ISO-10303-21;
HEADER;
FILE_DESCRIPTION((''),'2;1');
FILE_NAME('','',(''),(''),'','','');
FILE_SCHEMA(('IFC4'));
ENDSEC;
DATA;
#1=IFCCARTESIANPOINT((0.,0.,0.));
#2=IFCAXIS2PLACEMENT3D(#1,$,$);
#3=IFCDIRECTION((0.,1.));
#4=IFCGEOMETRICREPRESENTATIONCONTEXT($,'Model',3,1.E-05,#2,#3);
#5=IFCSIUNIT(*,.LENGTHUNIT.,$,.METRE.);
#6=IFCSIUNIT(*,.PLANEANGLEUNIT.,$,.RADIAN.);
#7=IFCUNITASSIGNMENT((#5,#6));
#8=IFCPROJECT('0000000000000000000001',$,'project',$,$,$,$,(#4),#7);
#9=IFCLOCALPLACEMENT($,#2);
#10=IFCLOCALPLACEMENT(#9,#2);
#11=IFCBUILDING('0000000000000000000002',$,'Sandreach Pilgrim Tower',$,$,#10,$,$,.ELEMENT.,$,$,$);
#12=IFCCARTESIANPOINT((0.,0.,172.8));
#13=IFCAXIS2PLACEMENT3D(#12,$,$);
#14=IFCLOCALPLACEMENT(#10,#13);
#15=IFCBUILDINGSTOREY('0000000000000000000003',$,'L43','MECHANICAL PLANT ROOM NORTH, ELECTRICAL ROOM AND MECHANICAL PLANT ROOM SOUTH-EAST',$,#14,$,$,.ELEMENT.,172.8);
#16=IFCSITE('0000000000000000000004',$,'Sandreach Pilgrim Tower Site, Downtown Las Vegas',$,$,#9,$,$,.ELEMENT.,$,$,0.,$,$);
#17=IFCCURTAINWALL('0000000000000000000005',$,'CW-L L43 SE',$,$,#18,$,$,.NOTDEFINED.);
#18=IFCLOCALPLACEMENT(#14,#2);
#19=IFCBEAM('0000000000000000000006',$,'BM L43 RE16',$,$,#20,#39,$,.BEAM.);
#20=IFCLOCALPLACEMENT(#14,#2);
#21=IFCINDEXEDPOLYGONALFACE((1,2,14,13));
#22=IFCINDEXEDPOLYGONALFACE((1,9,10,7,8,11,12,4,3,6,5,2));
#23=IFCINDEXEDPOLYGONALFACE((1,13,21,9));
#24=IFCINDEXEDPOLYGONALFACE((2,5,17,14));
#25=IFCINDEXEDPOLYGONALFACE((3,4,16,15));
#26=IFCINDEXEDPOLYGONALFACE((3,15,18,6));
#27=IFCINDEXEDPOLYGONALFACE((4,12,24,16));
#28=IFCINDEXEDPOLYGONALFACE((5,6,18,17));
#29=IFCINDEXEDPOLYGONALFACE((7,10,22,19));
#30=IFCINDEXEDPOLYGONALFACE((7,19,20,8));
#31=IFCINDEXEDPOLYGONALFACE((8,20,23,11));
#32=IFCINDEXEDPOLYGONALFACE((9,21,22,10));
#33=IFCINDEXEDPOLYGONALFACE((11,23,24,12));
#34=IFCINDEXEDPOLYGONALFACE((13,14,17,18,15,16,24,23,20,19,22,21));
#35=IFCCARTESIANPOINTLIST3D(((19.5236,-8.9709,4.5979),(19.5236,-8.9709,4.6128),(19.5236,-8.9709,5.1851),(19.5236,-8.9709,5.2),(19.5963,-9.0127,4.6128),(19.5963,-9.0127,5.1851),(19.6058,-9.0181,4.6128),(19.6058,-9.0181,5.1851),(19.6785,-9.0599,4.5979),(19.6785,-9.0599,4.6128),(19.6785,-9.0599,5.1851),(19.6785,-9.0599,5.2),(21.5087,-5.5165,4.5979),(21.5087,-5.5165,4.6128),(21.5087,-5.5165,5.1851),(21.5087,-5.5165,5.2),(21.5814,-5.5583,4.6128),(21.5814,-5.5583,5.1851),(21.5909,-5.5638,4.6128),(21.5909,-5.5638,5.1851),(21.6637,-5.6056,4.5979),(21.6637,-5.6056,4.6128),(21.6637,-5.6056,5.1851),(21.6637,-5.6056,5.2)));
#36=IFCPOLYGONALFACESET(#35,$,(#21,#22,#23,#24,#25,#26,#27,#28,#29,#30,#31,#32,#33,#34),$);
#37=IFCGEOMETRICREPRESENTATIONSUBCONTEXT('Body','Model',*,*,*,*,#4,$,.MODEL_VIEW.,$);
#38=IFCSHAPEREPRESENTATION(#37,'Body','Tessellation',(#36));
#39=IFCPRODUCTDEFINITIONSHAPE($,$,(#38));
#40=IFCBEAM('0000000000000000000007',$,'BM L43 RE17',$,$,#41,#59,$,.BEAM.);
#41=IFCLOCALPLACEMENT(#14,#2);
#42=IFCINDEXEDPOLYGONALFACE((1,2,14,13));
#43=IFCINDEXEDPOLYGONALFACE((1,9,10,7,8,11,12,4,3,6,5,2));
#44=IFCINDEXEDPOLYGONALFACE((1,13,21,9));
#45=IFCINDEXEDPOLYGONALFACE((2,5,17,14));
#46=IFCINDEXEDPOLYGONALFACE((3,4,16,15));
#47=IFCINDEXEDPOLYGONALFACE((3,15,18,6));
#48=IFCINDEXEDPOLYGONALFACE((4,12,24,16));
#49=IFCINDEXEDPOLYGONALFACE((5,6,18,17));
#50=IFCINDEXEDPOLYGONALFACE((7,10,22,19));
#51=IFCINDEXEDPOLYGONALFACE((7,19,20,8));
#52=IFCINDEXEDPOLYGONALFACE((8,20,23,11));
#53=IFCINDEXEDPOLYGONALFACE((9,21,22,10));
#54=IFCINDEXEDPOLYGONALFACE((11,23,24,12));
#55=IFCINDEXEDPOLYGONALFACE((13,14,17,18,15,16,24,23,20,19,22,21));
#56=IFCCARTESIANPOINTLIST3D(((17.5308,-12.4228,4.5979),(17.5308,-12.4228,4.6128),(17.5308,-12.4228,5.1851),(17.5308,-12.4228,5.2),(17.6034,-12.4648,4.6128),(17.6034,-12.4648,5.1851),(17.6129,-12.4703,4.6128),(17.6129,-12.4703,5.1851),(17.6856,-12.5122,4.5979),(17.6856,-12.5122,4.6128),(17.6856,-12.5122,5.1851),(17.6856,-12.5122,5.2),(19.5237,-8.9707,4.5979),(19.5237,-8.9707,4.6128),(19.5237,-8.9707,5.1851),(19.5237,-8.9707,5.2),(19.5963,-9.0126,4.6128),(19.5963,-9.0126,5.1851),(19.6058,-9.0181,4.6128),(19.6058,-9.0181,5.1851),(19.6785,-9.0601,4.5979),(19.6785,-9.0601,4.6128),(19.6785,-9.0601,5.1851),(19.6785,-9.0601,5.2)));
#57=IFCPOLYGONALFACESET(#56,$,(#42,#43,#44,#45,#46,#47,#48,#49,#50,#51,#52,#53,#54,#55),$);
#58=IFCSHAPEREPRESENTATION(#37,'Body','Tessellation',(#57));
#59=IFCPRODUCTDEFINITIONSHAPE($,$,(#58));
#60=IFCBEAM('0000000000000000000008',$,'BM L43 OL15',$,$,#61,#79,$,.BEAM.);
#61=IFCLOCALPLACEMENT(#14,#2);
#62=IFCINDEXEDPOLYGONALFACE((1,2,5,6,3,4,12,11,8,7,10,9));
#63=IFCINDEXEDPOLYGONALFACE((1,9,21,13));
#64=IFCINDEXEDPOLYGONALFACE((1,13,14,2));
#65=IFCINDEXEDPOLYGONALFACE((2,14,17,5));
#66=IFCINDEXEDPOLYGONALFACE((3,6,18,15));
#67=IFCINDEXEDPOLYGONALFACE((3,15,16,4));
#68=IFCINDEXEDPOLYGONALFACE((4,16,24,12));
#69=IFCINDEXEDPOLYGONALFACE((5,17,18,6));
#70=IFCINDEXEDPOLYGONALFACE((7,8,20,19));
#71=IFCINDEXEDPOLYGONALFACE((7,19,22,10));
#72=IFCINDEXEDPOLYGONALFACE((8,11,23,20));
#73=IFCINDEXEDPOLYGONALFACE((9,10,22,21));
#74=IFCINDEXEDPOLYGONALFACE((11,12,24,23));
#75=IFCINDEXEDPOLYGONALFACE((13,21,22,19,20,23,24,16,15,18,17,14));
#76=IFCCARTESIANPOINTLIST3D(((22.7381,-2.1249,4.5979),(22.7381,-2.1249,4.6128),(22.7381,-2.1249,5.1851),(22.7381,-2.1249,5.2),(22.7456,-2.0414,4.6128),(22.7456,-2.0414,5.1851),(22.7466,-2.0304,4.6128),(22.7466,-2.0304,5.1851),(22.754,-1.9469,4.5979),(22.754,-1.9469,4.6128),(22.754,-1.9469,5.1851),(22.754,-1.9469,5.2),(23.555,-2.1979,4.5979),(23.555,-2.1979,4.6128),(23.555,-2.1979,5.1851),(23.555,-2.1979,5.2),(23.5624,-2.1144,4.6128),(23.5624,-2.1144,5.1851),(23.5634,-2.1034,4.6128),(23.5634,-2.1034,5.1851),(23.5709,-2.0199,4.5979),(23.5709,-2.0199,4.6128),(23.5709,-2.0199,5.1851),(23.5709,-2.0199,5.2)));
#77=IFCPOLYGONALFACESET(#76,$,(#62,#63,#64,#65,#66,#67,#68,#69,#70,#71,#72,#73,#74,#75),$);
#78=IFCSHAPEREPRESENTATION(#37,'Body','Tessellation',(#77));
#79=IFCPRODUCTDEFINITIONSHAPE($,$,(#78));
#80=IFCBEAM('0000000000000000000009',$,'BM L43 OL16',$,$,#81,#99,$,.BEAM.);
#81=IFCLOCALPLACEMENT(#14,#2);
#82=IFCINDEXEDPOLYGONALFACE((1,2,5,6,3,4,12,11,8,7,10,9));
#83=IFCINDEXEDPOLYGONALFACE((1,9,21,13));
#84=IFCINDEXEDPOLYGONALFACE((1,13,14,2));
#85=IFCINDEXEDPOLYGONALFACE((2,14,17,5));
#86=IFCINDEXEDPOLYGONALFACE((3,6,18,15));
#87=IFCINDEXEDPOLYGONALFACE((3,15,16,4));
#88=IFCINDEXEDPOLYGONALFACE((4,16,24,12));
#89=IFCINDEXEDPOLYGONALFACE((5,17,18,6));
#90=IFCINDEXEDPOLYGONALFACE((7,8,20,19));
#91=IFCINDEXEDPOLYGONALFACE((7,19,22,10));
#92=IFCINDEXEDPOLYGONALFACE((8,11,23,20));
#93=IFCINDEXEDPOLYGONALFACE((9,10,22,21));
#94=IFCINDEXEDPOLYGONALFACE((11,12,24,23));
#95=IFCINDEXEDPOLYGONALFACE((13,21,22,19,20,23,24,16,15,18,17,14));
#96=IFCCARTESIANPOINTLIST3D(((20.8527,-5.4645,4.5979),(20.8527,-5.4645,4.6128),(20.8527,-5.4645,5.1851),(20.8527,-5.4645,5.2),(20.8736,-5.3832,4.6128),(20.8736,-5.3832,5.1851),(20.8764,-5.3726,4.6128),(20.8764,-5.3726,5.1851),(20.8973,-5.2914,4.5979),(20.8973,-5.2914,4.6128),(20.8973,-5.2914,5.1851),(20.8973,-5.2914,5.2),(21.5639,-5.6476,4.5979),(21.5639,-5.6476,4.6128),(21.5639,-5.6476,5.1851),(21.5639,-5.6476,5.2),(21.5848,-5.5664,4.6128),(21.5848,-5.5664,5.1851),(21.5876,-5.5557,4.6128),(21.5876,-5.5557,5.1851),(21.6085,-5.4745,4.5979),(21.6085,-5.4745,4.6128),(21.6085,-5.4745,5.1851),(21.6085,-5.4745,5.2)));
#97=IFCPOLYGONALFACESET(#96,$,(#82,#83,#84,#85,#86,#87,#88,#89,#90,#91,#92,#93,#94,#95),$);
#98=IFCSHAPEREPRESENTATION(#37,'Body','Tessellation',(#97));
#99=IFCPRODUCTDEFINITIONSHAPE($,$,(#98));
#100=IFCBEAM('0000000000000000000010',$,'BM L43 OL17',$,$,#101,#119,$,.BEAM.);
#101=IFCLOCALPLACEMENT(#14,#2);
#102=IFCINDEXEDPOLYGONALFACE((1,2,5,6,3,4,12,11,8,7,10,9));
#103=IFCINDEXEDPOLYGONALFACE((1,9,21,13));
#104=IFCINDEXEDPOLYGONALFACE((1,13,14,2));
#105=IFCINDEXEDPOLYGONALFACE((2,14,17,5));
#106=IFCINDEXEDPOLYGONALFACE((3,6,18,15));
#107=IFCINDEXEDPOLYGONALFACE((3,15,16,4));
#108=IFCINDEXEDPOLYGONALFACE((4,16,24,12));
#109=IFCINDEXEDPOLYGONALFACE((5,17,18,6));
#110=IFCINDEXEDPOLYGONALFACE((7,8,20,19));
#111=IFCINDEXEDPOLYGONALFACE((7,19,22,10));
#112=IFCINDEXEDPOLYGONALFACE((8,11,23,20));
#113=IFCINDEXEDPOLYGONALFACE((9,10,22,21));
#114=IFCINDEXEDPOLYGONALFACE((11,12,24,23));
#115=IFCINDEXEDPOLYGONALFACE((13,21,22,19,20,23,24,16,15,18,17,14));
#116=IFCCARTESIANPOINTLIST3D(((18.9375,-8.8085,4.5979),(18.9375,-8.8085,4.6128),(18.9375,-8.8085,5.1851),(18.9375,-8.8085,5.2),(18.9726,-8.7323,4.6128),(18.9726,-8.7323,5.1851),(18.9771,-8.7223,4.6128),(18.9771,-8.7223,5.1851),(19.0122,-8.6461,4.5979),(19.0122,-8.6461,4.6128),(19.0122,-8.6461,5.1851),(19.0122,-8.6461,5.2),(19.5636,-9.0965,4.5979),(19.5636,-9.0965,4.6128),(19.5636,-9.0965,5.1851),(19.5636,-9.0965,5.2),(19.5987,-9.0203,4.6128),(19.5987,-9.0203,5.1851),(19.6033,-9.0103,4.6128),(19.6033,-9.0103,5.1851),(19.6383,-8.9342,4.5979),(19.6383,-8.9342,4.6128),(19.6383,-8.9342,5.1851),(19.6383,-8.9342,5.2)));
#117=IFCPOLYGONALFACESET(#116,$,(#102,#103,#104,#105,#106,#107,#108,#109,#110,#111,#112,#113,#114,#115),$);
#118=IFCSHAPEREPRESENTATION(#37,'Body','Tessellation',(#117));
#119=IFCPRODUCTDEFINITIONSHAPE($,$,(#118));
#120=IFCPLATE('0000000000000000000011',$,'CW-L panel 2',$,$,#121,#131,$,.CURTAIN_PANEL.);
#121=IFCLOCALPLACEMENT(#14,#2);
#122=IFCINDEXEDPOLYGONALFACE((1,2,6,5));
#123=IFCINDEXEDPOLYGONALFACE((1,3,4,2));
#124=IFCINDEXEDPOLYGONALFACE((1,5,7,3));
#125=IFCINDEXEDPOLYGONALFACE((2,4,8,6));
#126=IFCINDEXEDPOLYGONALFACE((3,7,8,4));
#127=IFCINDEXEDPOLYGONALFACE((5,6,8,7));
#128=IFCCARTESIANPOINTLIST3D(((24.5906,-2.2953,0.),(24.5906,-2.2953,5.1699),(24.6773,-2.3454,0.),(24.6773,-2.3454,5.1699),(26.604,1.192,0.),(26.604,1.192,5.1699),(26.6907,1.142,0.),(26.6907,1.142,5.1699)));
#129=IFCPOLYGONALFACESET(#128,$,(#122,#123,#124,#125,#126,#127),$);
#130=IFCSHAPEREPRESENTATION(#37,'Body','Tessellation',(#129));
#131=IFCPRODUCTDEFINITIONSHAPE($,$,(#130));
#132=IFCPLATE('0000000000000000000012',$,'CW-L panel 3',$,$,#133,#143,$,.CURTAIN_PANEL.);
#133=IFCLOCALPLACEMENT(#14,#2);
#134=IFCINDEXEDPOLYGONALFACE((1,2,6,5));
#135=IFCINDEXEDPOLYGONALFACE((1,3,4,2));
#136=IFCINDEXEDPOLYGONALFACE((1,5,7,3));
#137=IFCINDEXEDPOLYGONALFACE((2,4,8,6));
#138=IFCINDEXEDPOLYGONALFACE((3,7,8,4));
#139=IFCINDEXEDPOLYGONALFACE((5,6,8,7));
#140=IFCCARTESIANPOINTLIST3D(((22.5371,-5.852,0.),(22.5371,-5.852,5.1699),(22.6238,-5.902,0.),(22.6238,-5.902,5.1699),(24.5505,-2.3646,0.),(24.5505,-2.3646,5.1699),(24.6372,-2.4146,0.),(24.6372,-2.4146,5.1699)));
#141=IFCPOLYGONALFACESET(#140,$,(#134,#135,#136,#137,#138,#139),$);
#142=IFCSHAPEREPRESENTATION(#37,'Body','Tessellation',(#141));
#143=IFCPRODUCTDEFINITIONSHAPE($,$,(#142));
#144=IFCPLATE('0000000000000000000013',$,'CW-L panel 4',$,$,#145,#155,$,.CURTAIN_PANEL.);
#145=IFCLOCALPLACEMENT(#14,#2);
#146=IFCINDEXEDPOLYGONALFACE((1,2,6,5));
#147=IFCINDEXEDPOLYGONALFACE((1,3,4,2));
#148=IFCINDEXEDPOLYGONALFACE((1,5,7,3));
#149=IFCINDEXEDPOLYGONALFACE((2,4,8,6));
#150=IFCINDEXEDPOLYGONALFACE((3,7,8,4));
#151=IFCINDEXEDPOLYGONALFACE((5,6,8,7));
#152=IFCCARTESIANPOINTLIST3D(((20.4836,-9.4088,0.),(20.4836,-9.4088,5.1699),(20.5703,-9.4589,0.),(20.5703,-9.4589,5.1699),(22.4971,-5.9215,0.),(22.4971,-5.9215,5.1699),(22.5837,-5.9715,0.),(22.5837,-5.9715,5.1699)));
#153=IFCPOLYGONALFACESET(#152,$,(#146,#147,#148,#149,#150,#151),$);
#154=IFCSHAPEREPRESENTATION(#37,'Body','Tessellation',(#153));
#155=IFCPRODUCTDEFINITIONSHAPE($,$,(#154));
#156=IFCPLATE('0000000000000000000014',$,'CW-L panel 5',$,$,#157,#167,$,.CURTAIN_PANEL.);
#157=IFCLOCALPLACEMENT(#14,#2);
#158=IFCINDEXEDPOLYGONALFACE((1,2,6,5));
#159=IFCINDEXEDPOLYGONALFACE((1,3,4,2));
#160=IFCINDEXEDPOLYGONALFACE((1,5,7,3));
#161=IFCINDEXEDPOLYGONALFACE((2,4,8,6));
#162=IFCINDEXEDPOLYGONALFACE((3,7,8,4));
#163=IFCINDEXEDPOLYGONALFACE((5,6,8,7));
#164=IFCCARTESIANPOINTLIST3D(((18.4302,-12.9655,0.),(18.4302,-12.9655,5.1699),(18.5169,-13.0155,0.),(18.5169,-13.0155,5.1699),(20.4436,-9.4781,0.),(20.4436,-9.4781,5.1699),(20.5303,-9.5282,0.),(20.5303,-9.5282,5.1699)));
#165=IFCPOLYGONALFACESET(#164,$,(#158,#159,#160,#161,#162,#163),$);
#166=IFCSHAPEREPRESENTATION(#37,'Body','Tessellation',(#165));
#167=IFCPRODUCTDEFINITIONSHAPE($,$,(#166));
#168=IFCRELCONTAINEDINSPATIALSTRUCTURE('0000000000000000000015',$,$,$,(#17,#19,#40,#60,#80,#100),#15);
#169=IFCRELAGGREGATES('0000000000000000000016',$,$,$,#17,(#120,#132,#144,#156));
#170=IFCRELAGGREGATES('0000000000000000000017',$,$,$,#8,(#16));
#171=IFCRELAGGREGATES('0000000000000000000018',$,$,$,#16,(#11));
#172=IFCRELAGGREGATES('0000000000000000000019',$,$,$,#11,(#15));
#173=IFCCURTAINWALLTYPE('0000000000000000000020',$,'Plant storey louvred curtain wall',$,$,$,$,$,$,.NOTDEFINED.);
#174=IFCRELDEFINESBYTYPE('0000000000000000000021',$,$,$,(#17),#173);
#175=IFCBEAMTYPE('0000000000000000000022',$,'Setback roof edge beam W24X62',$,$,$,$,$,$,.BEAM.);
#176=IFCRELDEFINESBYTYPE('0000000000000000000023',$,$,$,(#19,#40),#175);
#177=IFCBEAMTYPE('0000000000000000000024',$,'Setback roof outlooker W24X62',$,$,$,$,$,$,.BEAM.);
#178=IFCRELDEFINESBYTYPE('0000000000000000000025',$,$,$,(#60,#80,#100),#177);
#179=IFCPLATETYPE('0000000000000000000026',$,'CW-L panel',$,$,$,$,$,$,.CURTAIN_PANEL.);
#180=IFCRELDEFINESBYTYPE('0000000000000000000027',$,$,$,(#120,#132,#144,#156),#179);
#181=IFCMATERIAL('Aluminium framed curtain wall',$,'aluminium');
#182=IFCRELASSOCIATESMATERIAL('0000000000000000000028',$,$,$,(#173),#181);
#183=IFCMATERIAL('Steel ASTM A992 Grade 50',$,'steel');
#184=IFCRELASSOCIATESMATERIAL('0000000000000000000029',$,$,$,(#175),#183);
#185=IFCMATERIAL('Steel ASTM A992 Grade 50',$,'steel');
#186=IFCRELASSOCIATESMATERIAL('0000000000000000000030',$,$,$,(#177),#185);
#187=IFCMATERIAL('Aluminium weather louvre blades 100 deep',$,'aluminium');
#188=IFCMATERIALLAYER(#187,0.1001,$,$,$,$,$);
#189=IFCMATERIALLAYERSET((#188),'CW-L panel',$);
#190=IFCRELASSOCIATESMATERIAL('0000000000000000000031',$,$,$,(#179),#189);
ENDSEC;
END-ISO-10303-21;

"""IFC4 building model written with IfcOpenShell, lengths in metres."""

from ifc_helpers import new_model, si_unit, direction, frame, origin, origin_2d, place, context, subcontext, project, spatial, rectangle, i_section, extrude, material, layer, layer_set, material_profile, profile_set, type_object, element, aggregate, save


model = new_model("IFC4")

# Units and contexts
model_context = context("Model", 3, precision=1e-05, world=origin(), true_north=direction((0.0, 1.0)))
body_context = subcontext(model_context, "Body", "Model", "MODEL_VIEW")
ifc_project = project(units=[si_unit("LENGTHUNIT", "METRE"), si_unit("PLANEANGLEUNIT", "RADIAN")], contexts=[model_context])

# Site, building, storey
site_placement = place(None, origin())
site = spatial("IfcSite", under=ifc_project, at=site_placement, Name="Sandreach Pilgrim Tower Site, Downtown Las Vegas", CompositionType="ELEMENT", RefElevation=0.0)
building_placement = place(site_placement, origin())
building = spatial("IfcBuilding", under=site, at=building_placement, Name="Sandreach Pilgrim Tower", CompositionType="ELEMENT")
storey_placement = place(building_placement, frame((0.0, 0.0, 172.8)))
storey = spatial("IfcBuildingStorey", under=building, at=storey_placement, Name="L43", Description="MECHANICAL PLANT ROOM NORTH, ELECTRICAL ROOM AND MECHANICAL PLANT ROOM SOUTH-EAST", CompositionType="ELEMENT", Elevation=172.8)

# Curtain wall
ifc_material_1 = material(Name="Aluminium framed curtain wall", Category="aluminium")
curtain_wall_type = type_object("IfcCurtainWallType", Name="Plant storey louvred curtain wall", PredefinedType="NOTDEFINED", material=ifc_material_1)
curtain_wall_placement = place(storey_placement, origin())
curtain_wall = element("IfcCurtainWall", 1, at=curtain_wall_placement, inside=storey, type_object=curtain_wall_type, Name="CW-L L43 SE", PredefinedType="NOTDEFINED")

# Beams
ifc_material_2 = material(Name="Steel ASTM A992 Grade 50", Category="steel")
ifc_material_profile_1 = material_profile(ifc_material_2, i_section(OverallWidth=0.1787, OverallDepth=0.6021, WebThickness=0.011, FlangeThickness=0.0149, at=origin_2d()), Name="W24X62")
ifc_profile_set_1 = profile_set([ifc_material_profile_1], Name="Steel ASTM A992 Grade 50")
beam_type_1 = type_object("IfcBeamType", Name="Setback roof edge beam W24X62", PredefinedType="BEAM", material=ifc_profile_set_1)
beam_1_placement = place(storey_placement, frame((21.5862, -5.561, 4.8989), z_axis=(-0.498256, -0.86703, 0.0), x_axis=(0.86703, -0.498256, 0.0)))
element("IfcBeam", 2, at=beam_1_placement, inside=storey, type_object=beam_type_1, Name="BM L43 RE16", PredefinedType="BEAM", context=body_context, shape_type="SweptSolid", body=[
    extrude(i_section(OverallWidth=0.1787, OverallDepth=0.6021, WebThickness=0.011, FlangeThickness=0.0149, at=origin_2d()), origin(), (0.0, 0.0, 1.0), 3.9841),
])
beam_2_placement = place(storey_placement, frame((19.6011, -9.0154, 4.8989), z_axis=(-0.499966, -0.866045, 0.0), x_axis=(0.866045, -0.499966, 0.0)))
element("IfcBeam", 3, at=beam_2_placement, inside=storey, type_object=beam_type_1, Name="BM L43 RE17", PredefinedType="BEAM", context=body_context, shape_type="SweptSolid", body=[
    extrude(i_section(OverallWidth=0.1787, OverallDepth=0.6021, WebThickness=0.011, FlangeThickness=0.0149, at=origin_2d()), origin(), (0.0, 0.0, 1.0), 3.9861),
])
ifc_material_3 = material(Name="Steel ASTM A992 Grade 50", Category="steel")
ifc_material_profile_2 = material_profile(ifc_material_3, i_section(OverallWidth=0.1787, OverallDepth=0.6021, WebThickness=0.011, FlangeThickness=0.0149, at=origin_2d()), Name="W24X62")
ifc_profile_set_2 = profile_set([ifc_material_profile_2], Name="Steel ASTM A992 Grade 50")
beam_type_2 = type_object("IfcBeamType", Name="Setback roof outlooker W24X62", PredefinedType="BEAM", material=ifc_profile_set_2)
beam_3_placement = place(storey_placement, frame((22.7461, -2.0359, 4.8989), z_axis=(0.996031, -0.089006, 0.0), x_axis=(0.089006, 0.996031, 0.0)))
element("IfcBeam", 4, at=beam_3_placement, inside=storey, type_object=beam_type_2, Name="BM L43 OL15", PredefinedType="BEAM", context=body_context, shape_type="SweptSolid", body=[
    extrude(i_section(OverallWidth=0.1787, OverallDepth=0.6021, WebThickness=0.011, FlangeThickness=0.0149, at=origin_2d()), origin(), (0.0, 0.0, 1.0), 0.8201),
])
beam_4_placement = place(storey_placement, frame((20.875, -5.3779, 4.8989), z_axis=(0.968417, -0.249335, 0.0), x_axis=(0.249335, 0.968417, 0.0)))
element("IfcBeam", 5, at=beam_4_placement, inside=storey, type_object=beam_type_2, Name="BM L43 OL16", PredefinedType="BEAM", context=body_context, shape_type="SweptSolid", body=[
    extrude(i_section(OverallWidth=0.1787, OverallDepth=0.6021, WebThickness=0.011, FlangeThickness=0.0149, at=origin_2d()), origin(), (0.0, 0.0, 1.0), 0.7344),
])
beam_5_placement = place(storey_placement, frame((18.9749, -8.7273, 4.8989), z_axis=(0.908477, -0.417935, 0.0), x_axis=(0.417935, 0.908477, 0.0)))
element("IfcBeam", 6, at=beam_5_placement, inside=storey, type_object=beam_type_2, Name="BM L43 OL17", PredefinedType="BEAM", context=body_context, shape_type="SweptSolid", body=[
    extrude(i_section(OverallWidth=0.1787, OverallDepth=0.6021, WebThickness=0.011, FlangeThickness=0.0149, at=origin_2d()), origin(), (0.0, 0.0, 1.0), 0.6892),
])

# Plates
ifc_material_4 = material(Name="Aluminium weather louvre blades 100 deep", Category="aluminium")
ifc_layer = layer(ifc_material_4, 0.1001)
ifc_layer_set = layer_set([ifc_layer], Name="CW-L panel")
plate_type = type_object("IfcPlateType", Name="CW-L panel", PredefinedType="CURTAIN_PANEL", material=ifc_layer_set)
plate_1_placement = place(storey_placement, frame((25.6406, -0.5767, 0.0), z_axis=(0.0, 0.0, 1.0), x_axis=(-0.5, -0.866025, 0.0)))
plate_1 = element("IfcPlate", 7, at=plate_1_placement, type_object=plate_type, Name="CW-L panel 2", PredefinedType="CURTAIN_PANEL", context=body_context, shape_type="SweptSolid", body=[
    extrude(rectangle(XDim=4.0269, YDim=0.1001, at=origin_2d()), origin(), (0.0, 0.0, 1.0), 5.1699),
])
plate_2_placement = place(storey_placement, frame((23.5872, -4.1333, 0.0), z_axis=(0.0, 0.0, 1.0), x_axis=(-0.5, -0.866025, 0.0)))
plate_2 = element("IfcPlate", 8, at=plate_2_placement, type_object=plate_type, Name="CW-L panel 3", PredefinedType="CURTAIN_PANEL", context=body_context, shape_type="SweptSolid", body=[
    extrude(rectangle(XDim=4.0269, YDim=0.1001, at=origin_2d()), origin(), (0.0, 0.0, 1.0), 5.1699),
])
plate_3_placement = place(storey_placement, frame((21.5337, -7.6902, 0.0), z_axis=(0.0, 0.0, 1.0), x_axis=(-0.5, -0.866025, 0.0)))
plate_3 = element("IfcPlate", 9, at=plate_3_placement, type_object=plate_type, Name="CW-L panel 4", PredefinedType="CURTAIN_PANEL", context=body_context, shape_type="SweptSolid", body=[
    extrude(rectangle(XDim=4.0269, YDim=0.1001, at=origin_2d()), origin(), (0.0, 0.0, 1.0), 5.1699),
])
plate_4_placement = place(storey_placement, frame((19.4802, -11.2468, 0.0), z_axis=(0.0, 0.0, 1.0), x_axis=(-0.5, -0.866025, 0.0)))
plate_4 = element("IfcPlate", 10, at=plate_4_placement, type_object=plate_type, Name="CW-L panel 5", PredefinedType="CURTAIN_PANEL", context=body_context, shape_type="SweptSolid", body=[
    extrude(rectangle(XDim=4.0269, YDim=0.1001, at=origin_2d()), origin(), (0.0, 0.0, 1.0), 5.1699),
])
aggregate(curtain_wall, [plate_1, plate_2, plate_3, plate_4])

save(model, "model.ifc")
